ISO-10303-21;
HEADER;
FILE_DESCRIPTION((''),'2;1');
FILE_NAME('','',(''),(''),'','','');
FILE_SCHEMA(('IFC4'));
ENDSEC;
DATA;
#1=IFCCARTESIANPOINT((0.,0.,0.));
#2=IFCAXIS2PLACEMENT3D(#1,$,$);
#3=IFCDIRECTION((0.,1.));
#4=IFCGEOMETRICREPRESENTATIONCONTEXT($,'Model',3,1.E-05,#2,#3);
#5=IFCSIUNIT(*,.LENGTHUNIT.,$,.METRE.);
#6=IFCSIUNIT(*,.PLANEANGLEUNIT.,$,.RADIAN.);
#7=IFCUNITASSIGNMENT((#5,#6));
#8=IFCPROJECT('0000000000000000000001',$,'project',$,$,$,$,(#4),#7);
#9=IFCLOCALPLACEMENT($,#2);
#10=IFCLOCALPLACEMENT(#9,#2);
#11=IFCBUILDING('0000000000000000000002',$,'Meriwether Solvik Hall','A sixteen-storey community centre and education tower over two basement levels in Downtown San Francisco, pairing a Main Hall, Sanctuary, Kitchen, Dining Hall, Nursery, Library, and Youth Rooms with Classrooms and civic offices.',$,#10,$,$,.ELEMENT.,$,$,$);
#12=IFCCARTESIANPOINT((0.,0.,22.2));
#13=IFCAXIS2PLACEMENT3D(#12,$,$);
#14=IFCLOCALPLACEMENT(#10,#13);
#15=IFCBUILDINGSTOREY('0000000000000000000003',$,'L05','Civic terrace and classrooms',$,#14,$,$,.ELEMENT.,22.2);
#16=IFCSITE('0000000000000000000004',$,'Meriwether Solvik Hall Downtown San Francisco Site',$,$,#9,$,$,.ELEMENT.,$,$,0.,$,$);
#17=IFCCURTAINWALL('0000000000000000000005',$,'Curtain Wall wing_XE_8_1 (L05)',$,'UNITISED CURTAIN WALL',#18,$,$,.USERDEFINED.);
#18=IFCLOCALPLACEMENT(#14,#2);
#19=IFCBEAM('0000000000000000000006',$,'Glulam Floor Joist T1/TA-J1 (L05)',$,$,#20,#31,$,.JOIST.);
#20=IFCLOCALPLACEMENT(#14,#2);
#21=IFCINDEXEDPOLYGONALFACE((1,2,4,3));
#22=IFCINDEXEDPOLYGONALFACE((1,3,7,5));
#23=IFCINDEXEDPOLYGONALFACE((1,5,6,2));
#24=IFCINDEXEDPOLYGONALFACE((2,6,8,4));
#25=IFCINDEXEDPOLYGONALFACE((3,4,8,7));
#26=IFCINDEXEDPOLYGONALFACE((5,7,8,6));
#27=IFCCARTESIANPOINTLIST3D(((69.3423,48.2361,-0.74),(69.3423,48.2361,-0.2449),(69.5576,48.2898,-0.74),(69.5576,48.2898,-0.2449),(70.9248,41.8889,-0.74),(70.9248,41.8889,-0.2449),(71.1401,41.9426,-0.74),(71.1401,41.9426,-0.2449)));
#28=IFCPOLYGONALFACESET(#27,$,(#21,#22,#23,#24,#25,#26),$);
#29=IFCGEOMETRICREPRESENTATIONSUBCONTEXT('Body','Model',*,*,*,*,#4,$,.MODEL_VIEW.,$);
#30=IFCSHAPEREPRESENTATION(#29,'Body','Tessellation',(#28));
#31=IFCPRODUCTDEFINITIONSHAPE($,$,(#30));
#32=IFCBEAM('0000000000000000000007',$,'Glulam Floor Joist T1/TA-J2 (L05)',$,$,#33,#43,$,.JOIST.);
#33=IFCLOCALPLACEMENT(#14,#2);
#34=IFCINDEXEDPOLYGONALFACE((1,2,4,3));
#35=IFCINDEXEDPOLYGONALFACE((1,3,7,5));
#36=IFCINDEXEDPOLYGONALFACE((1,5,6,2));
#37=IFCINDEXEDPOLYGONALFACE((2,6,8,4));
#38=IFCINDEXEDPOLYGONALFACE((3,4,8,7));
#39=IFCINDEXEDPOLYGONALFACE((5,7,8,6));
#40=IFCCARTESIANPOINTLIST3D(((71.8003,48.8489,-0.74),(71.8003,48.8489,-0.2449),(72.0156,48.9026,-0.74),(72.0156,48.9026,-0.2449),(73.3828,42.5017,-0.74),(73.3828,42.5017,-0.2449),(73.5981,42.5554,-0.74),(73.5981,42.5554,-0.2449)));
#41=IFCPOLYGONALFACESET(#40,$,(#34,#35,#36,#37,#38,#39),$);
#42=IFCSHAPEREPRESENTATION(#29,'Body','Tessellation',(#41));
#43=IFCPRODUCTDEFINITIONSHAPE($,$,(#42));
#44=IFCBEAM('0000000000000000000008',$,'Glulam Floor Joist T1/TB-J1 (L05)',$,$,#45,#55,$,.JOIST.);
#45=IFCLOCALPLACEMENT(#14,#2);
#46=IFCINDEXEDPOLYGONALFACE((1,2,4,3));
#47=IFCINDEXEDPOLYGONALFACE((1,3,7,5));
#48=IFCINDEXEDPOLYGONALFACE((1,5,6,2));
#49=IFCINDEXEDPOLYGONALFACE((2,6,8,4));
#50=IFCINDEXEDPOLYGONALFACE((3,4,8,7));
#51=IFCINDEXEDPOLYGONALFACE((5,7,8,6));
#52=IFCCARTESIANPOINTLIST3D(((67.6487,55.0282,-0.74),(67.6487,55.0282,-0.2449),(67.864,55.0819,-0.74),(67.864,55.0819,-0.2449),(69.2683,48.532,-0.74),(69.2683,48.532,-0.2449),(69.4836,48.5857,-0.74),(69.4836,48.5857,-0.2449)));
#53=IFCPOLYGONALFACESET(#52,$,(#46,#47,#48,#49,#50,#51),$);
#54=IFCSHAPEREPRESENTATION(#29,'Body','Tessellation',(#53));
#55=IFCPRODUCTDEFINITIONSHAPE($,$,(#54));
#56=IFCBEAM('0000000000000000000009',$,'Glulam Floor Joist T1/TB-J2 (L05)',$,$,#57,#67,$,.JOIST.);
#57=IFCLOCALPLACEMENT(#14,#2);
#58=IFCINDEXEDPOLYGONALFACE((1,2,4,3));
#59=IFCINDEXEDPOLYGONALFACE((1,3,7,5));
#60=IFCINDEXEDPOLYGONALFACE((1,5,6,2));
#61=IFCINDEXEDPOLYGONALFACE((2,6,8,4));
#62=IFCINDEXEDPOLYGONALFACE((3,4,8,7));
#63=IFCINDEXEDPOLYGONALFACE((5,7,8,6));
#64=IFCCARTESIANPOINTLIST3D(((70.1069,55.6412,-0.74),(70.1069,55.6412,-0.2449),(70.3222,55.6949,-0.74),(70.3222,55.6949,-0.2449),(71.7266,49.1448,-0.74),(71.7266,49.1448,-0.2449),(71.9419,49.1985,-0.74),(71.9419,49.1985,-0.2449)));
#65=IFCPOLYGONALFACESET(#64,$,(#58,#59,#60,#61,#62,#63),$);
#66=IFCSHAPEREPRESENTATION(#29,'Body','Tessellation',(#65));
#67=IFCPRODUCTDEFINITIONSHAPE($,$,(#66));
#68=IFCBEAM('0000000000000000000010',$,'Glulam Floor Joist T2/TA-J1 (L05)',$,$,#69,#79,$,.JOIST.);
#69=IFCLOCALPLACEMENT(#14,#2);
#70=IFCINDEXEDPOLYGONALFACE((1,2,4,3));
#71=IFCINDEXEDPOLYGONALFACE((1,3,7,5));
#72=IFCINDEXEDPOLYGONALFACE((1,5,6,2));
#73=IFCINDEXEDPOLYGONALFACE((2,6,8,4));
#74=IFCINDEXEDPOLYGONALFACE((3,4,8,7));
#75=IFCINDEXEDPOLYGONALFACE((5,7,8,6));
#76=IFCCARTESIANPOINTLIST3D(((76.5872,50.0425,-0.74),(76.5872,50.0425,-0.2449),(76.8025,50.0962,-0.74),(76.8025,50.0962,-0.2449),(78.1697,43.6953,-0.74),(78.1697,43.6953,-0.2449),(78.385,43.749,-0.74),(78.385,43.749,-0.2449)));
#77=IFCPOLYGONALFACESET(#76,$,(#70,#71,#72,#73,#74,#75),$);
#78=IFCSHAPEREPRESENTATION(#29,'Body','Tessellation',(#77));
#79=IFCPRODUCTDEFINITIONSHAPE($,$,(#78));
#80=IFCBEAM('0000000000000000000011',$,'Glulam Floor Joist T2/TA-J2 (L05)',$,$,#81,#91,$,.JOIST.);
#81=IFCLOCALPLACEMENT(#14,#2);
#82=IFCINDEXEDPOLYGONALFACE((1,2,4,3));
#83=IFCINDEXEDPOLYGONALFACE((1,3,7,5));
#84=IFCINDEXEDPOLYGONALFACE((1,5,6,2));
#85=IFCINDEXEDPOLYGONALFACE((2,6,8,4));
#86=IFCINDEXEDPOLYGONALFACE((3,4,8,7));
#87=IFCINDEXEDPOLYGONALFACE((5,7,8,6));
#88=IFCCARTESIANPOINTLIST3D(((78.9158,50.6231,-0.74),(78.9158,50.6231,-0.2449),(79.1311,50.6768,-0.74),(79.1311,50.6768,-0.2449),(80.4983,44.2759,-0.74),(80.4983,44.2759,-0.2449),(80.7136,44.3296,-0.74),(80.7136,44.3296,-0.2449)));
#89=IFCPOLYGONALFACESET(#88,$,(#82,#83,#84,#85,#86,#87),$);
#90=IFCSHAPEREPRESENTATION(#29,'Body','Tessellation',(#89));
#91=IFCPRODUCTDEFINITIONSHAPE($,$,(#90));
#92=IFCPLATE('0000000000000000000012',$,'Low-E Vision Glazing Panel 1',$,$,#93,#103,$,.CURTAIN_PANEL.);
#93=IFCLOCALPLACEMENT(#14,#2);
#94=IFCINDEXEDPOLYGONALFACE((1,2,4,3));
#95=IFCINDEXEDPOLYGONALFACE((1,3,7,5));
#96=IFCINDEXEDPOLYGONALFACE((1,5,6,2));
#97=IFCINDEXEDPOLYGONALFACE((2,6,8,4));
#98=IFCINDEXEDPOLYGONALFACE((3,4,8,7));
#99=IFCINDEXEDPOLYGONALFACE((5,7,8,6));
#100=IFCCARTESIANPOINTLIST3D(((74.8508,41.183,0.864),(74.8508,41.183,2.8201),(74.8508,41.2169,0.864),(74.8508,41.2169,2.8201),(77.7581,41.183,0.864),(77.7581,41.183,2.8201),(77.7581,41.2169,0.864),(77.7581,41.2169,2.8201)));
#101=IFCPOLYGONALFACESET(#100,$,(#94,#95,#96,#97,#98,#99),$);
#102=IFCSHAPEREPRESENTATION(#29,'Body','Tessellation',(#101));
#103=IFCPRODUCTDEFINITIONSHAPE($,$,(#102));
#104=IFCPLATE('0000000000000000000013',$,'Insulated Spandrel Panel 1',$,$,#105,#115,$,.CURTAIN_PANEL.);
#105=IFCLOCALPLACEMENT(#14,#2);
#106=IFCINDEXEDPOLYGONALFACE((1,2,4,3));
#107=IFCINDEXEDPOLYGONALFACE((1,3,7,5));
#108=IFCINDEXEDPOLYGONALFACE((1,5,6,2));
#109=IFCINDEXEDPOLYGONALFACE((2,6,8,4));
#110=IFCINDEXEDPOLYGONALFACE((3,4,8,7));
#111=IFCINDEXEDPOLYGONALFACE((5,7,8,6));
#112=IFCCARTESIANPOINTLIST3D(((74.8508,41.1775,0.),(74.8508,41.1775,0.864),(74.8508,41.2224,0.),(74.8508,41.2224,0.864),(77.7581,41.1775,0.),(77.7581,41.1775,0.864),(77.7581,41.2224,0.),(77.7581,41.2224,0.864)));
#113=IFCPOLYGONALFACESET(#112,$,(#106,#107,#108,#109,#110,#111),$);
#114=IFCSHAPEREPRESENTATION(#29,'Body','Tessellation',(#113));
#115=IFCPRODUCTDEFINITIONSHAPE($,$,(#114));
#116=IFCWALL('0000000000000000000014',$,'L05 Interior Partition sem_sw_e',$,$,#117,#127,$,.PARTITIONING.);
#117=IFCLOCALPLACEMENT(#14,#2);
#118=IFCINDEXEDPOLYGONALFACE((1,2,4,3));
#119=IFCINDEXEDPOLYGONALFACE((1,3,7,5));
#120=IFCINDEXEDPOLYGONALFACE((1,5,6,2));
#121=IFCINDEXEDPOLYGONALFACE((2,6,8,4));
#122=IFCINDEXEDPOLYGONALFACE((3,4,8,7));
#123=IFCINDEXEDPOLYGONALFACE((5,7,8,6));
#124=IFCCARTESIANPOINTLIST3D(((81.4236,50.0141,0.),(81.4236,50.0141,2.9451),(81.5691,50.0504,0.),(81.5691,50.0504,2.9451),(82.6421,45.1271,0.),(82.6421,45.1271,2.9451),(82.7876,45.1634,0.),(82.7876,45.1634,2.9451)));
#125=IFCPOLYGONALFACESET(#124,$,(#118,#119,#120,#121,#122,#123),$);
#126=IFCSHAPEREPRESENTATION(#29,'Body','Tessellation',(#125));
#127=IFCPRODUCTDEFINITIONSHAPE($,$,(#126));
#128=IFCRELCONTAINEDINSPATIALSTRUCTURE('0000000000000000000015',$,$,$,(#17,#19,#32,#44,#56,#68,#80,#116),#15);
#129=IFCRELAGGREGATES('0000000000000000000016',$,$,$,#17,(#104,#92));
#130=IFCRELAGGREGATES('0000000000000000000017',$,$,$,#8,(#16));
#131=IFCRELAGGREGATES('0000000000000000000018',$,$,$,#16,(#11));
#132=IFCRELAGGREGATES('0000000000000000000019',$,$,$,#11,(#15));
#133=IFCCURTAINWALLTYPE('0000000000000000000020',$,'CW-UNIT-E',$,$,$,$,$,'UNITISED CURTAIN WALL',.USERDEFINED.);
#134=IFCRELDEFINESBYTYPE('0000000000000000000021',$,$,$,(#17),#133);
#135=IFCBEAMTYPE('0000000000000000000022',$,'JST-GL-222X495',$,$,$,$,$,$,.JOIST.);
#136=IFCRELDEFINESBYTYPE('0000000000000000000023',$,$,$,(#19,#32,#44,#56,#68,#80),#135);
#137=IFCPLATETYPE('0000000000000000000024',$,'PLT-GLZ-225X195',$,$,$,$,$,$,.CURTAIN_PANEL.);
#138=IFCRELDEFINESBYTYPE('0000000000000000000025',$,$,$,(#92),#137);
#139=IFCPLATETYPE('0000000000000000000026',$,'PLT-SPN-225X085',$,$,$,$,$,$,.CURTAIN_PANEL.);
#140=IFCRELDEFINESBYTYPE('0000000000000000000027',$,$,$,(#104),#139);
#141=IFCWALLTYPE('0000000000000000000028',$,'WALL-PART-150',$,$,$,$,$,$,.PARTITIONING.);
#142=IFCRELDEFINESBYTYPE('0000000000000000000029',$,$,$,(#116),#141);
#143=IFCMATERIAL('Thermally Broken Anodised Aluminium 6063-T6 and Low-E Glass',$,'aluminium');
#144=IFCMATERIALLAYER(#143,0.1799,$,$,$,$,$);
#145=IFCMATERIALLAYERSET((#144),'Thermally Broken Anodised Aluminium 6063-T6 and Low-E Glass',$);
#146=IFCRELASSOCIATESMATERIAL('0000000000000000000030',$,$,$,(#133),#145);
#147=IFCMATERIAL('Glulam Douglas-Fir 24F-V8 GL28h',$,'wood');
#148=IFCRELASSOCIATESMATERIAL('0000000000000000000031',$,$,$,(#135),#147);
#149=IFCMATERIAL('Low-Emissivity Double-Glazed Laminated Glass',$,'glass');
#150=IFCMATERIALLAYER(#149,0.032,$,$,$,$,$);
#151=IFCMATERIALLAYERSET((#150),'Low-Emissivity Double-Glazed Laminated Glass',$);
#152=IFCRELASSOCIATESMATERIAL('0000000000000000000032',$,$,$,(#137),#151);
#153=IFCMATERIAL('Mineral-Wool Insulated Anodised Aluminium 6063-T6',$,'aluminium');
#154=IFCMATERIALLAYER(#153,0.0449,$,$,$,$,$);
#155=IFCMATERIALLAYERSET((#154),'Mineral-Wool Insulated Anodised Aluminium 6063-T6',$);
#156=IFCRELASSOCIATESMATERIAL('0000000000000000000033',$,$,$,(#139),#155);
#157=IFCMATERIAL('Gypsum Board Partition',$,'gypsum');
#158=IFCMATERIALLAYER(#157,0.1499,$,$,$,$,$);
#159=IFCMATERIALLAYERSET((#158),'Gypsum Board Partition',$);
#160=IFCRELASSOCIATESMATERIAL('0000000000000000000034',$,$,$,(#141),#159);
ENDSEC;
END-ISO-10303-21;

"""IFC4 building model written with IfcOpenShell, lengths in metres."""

from ifc_helpers import new_model, si_unit, direction, frame, frame_2d, origin, origin_2d, place, context, subcontext, project, spatial, rectangle, extrude, material, layer, layer_set, material_profile, profile_set, type_object, element, aggregate, save


model = new_model("IFC4")

# Units and contexts
model_context = context("Model", 3, precision=1e-05, world=origin(), true_north=direction((0.0, 1.0)))
body_context = subcontext(model_context, "Body", "Model", "MODEL_VIEW")
ifc_project = project(units=[si_unit("LENGTHUNIT", "METRE"), si_unit("PLANEANGLEUNIT", "RADIAN")], contexts=[model_context])

# Site, building, storey
site_placement = place(None, origin())
site = spatial("IfcSite", under=ifc_project, at=site_placement, Name="Meriwether Solvik Hall Downtown San Francisco Site", CompositionType="ELEMENT", RefElevation=0.0)
building_placement = place(site_placement, origin())
building = spatial("IfcBuilding", under=site, at=building_placement, Name="Meriwether Solvik Hall", Description="A sixteen-storey community centre and education tower over two basement levels in Downtown San Francisco, pairing a Main Hall, Sanctuary, Kitchen, Dining Hall, Nursery, Library, and Youth Rooms with Classrooms and civic offices.", CompositionType="ELEMENT")
storey_placement = place(building_placement, frame((0.0, 0.0, 22.2)))
storey = spatial("IfcBuildingStorey", under=building, at=storey_placement, Name="L05", Description="Civic terrace and classrooms", CompositionType="ELEMENT", Elevation=22.2)

# Curtain wall
ifc_material_1 = material(Name="Thermally Broken Anodised Aluminium 6063-T6 and Low-E Glass", Category="aluminium")
ifc_layer_1 = layer(ifc_material_1, 0.1799)
ifc_layer_set_1 = layer_set([ifc_layer_1], Name="Thermally Broken Anodised Aluminium 6063-T6 and Low-E Glass")
curtain_wall_type = type_object("IfcCurtainWallType", Name="CW-UNIT-E", ElementType="UNITISED CURTAIN WALL", PredefinedType="USERDEFINED", material=ifc_layer_set_1)
curtain_wall_placement = place(storey_placement, origin())
curtain_wall = element("IfcCurtainWall", 1, at=curtain_wall_placement, inside=storey, type_object=curtain_wall_type, Name="Curtain Wall wing_XE_8_1 (L05)", ObjectType="UNITISED CURTAIN WALL", PredefinedType="USERDEFINED")

# Beams
ifc_material_2 = material(Name="Glulam Douglas-Fir 24F-V8 GL28h", Category="wood")
ifc_material_profile_1 = material_profile(ifc_material_2, rectangle(XDim=0.2219, YDim=0.4951, at=origin_2d()), Name="GLJ-222X495")
ifc_profile_set_1 = profile_set([ifc_material_profile_1], Name="Glulam Douglas-Fir 24F-V8 GL28h")
beam_type_1 = type_object("IfcBeamType", Name="JST-GL-222X495", PredefinedType="JOIST", material=ifc_profile_set_1)
for number, where, z_axis, x_axis, name in (
    (2, (71.0325, 41.9158, -0.4924), (-0.241921, 0.970296, 0.0), (-0.970296, -0.241921, 0.0), "Glulam Floor Joist T1/TA-J1 (L05)"),
    (3, (73.4905, 42.5286, -0.4924), (-0.241921, 0.970296, 0.0), (-0.970296, -0.241921, 0.0), "Glulam Floor Joist T1/TA-J2 (L05)"),
):
    element("IfcBeam", number, at=place(storey_placement, frame(where, z_axis=z_axis, x_axis=x_axis)), inside=storey, type_object=beam_type_1, Name=name, PredefinedType="JOIST", context=body_context, shape_type="SweptSolid", body=[
        extrude(rectangle(XDim=0.2219, YDim=0.4951, at=origin_2d()), origin(), (0.0, 0.0, 1.0), 6.5415),
    ])
beam_1_placement = place(storey_placement, frame((69.376, 48.5588, -0.4924), z_axis=(-0.241918, 0.970297, 0.0), x_axis=(-0.970297, -0.241918, 0.0)))
element("IfcBeam", 4, at=beam_1_placement, inside=storey, type_object=beam_type_1, Name="Glulam Floor Joist T1/TB-J1 (L05)", PredefinedType="JOIST", context=body_context, shape_type="SweptSolid", body=[
    extrude(rectangle(XDim=0.2219, YDim=0.4951, at=origin_2d()), origin(), (0.0, 0.0, 1.0), 6.6951),
])
beam_2_placement = place(storey_placement, frame((71.8342, 49.1716, -0.4924), z_axis=(-0.241909, 0.970299, 0.0), x_axis=(-0.970299, -0.241909, 0.0)))
element("IfcBeam", 5, at=beam_2_placement, inside=storey, type_object=beam_type_1, Name="Glulam Floor Joist T1/TB-J2 (L05)", PredefinedType="JOIST", context=body_context, shape_type="SweptSolid", body=[
    extrude(rectangle(XDim=0.2219, YDim=0.4951, at=origin_2d()), origin(), (0.0, 0.0, 1.0), 6.6953),
])
for number, where, z_axis, x_axis, name in (
    (6, (78.2773, 43.7222, -0.4924), (-0.241921, 0.970296, 0.0), (-0.970296, -0.241921, 0.0), "Glulam Floor Joist T2/TA-J1 (L05)"),
    (7, (80.606, 44.3027, -0.4924), (-0.241921, 0.970296, 0.0), (-0.970296, -0.241921, 0.0), "Glulam Floor Joist T2/TA-J2 (L05)"),
):
    element("IfcBeam", number, at=place(storey_placement, frame(where, z_axis=z_axis, x_axis=x_axis)), inside=storey, type_object=beam_type_1, Name=name, PredefinedType="JOIST", context=body_context, shape_type="SweptSolid", body=[
        extrude(rectangle(XDim=0.2219, YDim=0.4951, at=origin_2d()), origin(), (0.0, 0.0, 1.0), 6.5415),
    ])

# Plates
ifc_material_3 = material(Name="Low-Emissivity Double-Glazed Laminated Glass", Category="glass")
ifc_layer_2 = layer(ifc_material_3, 0.032)
ifc_layer_set_2 = layer_set([ifc_layer_2], Name="Low-Emissivity Double-Glazed Laminated Glass")
plate_type_1 = type_object("IfcPlateType", Name="PLT-GLZ-225X195", PredefinedType="CURTAIN_PANEL", material=ifc_layer_set_2)
plate_1_placement = place(storey_placement, frame((76.3044, 41.2, 0.864), z_axis=(0.0, 0.0, 1.0), x_axis=(-1.0, 0.0, 0.0)))
plate_1 = element("IfcPlate", 8, at=plate_1_placement, type_object=plate_type_1, Name="Low-E Vision Glazing Panel 1", PredefinedType="CURTAIN_PANEL", context=body_context, shape_type="SweptSolid", body=[
    extrude(rectangle(XDim=2.9072, YDim=0.0339, at=origin_2d()), origin(), (0.0, 0.0, 1.0), 1.9561),
])
ifc_material_4 = material(Name="Mineral-Wool Insulated Anodised Aluminium 6063-T6", Category="aluminium")
ifc_layer_3 = layer(ifc_material_4, 0.0449)
ifc_layer_set_3 = layer_set([ifc_layer_3], Name="Mineral-Wool Insulated Anodised Aluminium 6063-T6")
plate_type_2 = type_object("IfcPlateType", Name="PLT-SPN-225X085", PredefinedType="CURTAIN_PANEL", material=ifc_layer_set_3)
plate_2_placement = place(storey_placement, frame((76.3044, 41.2, 0.0), z_axis=(0.0, 0.0, 1.0), x_axis=(-1.0, 0.0, 0.0)))
plate_2 = element("IfcPlate", 9, at=plate_2_placement, type_object=plate_type_2, Name="Insulated Spandrel Panel 1", PredefinedType="CURTAIN_PANEL", context=body_context, shape_type="SweptSolid", body=[
    extrude(rectangle(XDim=2.9072, YDim=0.0449, at=origin_2d()), origin(), (0.0, 0.0, 1.0), 0.864),
])
aggregate(curtain_wall, [plate_2, plate_1])

# Wall
ifc_material_5 = material(Name="Gypsum Board Partition", Category="gypsum")
ifc_layer_4 = layer(ifc_material_5, 0.1499)
ifc_layer_set_4 = layer_set([ifc_layer_4], Name="Gypsum Board Partition")
wall_type = type_object("IfcWallType", Name="WALL-PART-150", PredefinedType="PARTITIONING", material=ifc_layer_set_4)
wall_placement = place(storey_placement, frame((82.7148, 45.1453, 0.0), z_axis=(0.0, 0.0, 1.0), x_axis=(-0.241931, 0.970293, 0.0)))
element("IfcWall", 10, at=wall_placement, inside=storey, type_object=wall_type, Name="L05 Interior Partition sem_sw_e", PredefinedType="PARTITIONING", context=body_context, shape_type="SweptSolid", body=[
    extrude(rectangle(XDim=5.0366, YDim=0.1499, at=frame_2d((2.5183, 0.0))), origin(), (0.0, 0.0, 1.0), 2.9451),
])

save(model, "model.ifc")
